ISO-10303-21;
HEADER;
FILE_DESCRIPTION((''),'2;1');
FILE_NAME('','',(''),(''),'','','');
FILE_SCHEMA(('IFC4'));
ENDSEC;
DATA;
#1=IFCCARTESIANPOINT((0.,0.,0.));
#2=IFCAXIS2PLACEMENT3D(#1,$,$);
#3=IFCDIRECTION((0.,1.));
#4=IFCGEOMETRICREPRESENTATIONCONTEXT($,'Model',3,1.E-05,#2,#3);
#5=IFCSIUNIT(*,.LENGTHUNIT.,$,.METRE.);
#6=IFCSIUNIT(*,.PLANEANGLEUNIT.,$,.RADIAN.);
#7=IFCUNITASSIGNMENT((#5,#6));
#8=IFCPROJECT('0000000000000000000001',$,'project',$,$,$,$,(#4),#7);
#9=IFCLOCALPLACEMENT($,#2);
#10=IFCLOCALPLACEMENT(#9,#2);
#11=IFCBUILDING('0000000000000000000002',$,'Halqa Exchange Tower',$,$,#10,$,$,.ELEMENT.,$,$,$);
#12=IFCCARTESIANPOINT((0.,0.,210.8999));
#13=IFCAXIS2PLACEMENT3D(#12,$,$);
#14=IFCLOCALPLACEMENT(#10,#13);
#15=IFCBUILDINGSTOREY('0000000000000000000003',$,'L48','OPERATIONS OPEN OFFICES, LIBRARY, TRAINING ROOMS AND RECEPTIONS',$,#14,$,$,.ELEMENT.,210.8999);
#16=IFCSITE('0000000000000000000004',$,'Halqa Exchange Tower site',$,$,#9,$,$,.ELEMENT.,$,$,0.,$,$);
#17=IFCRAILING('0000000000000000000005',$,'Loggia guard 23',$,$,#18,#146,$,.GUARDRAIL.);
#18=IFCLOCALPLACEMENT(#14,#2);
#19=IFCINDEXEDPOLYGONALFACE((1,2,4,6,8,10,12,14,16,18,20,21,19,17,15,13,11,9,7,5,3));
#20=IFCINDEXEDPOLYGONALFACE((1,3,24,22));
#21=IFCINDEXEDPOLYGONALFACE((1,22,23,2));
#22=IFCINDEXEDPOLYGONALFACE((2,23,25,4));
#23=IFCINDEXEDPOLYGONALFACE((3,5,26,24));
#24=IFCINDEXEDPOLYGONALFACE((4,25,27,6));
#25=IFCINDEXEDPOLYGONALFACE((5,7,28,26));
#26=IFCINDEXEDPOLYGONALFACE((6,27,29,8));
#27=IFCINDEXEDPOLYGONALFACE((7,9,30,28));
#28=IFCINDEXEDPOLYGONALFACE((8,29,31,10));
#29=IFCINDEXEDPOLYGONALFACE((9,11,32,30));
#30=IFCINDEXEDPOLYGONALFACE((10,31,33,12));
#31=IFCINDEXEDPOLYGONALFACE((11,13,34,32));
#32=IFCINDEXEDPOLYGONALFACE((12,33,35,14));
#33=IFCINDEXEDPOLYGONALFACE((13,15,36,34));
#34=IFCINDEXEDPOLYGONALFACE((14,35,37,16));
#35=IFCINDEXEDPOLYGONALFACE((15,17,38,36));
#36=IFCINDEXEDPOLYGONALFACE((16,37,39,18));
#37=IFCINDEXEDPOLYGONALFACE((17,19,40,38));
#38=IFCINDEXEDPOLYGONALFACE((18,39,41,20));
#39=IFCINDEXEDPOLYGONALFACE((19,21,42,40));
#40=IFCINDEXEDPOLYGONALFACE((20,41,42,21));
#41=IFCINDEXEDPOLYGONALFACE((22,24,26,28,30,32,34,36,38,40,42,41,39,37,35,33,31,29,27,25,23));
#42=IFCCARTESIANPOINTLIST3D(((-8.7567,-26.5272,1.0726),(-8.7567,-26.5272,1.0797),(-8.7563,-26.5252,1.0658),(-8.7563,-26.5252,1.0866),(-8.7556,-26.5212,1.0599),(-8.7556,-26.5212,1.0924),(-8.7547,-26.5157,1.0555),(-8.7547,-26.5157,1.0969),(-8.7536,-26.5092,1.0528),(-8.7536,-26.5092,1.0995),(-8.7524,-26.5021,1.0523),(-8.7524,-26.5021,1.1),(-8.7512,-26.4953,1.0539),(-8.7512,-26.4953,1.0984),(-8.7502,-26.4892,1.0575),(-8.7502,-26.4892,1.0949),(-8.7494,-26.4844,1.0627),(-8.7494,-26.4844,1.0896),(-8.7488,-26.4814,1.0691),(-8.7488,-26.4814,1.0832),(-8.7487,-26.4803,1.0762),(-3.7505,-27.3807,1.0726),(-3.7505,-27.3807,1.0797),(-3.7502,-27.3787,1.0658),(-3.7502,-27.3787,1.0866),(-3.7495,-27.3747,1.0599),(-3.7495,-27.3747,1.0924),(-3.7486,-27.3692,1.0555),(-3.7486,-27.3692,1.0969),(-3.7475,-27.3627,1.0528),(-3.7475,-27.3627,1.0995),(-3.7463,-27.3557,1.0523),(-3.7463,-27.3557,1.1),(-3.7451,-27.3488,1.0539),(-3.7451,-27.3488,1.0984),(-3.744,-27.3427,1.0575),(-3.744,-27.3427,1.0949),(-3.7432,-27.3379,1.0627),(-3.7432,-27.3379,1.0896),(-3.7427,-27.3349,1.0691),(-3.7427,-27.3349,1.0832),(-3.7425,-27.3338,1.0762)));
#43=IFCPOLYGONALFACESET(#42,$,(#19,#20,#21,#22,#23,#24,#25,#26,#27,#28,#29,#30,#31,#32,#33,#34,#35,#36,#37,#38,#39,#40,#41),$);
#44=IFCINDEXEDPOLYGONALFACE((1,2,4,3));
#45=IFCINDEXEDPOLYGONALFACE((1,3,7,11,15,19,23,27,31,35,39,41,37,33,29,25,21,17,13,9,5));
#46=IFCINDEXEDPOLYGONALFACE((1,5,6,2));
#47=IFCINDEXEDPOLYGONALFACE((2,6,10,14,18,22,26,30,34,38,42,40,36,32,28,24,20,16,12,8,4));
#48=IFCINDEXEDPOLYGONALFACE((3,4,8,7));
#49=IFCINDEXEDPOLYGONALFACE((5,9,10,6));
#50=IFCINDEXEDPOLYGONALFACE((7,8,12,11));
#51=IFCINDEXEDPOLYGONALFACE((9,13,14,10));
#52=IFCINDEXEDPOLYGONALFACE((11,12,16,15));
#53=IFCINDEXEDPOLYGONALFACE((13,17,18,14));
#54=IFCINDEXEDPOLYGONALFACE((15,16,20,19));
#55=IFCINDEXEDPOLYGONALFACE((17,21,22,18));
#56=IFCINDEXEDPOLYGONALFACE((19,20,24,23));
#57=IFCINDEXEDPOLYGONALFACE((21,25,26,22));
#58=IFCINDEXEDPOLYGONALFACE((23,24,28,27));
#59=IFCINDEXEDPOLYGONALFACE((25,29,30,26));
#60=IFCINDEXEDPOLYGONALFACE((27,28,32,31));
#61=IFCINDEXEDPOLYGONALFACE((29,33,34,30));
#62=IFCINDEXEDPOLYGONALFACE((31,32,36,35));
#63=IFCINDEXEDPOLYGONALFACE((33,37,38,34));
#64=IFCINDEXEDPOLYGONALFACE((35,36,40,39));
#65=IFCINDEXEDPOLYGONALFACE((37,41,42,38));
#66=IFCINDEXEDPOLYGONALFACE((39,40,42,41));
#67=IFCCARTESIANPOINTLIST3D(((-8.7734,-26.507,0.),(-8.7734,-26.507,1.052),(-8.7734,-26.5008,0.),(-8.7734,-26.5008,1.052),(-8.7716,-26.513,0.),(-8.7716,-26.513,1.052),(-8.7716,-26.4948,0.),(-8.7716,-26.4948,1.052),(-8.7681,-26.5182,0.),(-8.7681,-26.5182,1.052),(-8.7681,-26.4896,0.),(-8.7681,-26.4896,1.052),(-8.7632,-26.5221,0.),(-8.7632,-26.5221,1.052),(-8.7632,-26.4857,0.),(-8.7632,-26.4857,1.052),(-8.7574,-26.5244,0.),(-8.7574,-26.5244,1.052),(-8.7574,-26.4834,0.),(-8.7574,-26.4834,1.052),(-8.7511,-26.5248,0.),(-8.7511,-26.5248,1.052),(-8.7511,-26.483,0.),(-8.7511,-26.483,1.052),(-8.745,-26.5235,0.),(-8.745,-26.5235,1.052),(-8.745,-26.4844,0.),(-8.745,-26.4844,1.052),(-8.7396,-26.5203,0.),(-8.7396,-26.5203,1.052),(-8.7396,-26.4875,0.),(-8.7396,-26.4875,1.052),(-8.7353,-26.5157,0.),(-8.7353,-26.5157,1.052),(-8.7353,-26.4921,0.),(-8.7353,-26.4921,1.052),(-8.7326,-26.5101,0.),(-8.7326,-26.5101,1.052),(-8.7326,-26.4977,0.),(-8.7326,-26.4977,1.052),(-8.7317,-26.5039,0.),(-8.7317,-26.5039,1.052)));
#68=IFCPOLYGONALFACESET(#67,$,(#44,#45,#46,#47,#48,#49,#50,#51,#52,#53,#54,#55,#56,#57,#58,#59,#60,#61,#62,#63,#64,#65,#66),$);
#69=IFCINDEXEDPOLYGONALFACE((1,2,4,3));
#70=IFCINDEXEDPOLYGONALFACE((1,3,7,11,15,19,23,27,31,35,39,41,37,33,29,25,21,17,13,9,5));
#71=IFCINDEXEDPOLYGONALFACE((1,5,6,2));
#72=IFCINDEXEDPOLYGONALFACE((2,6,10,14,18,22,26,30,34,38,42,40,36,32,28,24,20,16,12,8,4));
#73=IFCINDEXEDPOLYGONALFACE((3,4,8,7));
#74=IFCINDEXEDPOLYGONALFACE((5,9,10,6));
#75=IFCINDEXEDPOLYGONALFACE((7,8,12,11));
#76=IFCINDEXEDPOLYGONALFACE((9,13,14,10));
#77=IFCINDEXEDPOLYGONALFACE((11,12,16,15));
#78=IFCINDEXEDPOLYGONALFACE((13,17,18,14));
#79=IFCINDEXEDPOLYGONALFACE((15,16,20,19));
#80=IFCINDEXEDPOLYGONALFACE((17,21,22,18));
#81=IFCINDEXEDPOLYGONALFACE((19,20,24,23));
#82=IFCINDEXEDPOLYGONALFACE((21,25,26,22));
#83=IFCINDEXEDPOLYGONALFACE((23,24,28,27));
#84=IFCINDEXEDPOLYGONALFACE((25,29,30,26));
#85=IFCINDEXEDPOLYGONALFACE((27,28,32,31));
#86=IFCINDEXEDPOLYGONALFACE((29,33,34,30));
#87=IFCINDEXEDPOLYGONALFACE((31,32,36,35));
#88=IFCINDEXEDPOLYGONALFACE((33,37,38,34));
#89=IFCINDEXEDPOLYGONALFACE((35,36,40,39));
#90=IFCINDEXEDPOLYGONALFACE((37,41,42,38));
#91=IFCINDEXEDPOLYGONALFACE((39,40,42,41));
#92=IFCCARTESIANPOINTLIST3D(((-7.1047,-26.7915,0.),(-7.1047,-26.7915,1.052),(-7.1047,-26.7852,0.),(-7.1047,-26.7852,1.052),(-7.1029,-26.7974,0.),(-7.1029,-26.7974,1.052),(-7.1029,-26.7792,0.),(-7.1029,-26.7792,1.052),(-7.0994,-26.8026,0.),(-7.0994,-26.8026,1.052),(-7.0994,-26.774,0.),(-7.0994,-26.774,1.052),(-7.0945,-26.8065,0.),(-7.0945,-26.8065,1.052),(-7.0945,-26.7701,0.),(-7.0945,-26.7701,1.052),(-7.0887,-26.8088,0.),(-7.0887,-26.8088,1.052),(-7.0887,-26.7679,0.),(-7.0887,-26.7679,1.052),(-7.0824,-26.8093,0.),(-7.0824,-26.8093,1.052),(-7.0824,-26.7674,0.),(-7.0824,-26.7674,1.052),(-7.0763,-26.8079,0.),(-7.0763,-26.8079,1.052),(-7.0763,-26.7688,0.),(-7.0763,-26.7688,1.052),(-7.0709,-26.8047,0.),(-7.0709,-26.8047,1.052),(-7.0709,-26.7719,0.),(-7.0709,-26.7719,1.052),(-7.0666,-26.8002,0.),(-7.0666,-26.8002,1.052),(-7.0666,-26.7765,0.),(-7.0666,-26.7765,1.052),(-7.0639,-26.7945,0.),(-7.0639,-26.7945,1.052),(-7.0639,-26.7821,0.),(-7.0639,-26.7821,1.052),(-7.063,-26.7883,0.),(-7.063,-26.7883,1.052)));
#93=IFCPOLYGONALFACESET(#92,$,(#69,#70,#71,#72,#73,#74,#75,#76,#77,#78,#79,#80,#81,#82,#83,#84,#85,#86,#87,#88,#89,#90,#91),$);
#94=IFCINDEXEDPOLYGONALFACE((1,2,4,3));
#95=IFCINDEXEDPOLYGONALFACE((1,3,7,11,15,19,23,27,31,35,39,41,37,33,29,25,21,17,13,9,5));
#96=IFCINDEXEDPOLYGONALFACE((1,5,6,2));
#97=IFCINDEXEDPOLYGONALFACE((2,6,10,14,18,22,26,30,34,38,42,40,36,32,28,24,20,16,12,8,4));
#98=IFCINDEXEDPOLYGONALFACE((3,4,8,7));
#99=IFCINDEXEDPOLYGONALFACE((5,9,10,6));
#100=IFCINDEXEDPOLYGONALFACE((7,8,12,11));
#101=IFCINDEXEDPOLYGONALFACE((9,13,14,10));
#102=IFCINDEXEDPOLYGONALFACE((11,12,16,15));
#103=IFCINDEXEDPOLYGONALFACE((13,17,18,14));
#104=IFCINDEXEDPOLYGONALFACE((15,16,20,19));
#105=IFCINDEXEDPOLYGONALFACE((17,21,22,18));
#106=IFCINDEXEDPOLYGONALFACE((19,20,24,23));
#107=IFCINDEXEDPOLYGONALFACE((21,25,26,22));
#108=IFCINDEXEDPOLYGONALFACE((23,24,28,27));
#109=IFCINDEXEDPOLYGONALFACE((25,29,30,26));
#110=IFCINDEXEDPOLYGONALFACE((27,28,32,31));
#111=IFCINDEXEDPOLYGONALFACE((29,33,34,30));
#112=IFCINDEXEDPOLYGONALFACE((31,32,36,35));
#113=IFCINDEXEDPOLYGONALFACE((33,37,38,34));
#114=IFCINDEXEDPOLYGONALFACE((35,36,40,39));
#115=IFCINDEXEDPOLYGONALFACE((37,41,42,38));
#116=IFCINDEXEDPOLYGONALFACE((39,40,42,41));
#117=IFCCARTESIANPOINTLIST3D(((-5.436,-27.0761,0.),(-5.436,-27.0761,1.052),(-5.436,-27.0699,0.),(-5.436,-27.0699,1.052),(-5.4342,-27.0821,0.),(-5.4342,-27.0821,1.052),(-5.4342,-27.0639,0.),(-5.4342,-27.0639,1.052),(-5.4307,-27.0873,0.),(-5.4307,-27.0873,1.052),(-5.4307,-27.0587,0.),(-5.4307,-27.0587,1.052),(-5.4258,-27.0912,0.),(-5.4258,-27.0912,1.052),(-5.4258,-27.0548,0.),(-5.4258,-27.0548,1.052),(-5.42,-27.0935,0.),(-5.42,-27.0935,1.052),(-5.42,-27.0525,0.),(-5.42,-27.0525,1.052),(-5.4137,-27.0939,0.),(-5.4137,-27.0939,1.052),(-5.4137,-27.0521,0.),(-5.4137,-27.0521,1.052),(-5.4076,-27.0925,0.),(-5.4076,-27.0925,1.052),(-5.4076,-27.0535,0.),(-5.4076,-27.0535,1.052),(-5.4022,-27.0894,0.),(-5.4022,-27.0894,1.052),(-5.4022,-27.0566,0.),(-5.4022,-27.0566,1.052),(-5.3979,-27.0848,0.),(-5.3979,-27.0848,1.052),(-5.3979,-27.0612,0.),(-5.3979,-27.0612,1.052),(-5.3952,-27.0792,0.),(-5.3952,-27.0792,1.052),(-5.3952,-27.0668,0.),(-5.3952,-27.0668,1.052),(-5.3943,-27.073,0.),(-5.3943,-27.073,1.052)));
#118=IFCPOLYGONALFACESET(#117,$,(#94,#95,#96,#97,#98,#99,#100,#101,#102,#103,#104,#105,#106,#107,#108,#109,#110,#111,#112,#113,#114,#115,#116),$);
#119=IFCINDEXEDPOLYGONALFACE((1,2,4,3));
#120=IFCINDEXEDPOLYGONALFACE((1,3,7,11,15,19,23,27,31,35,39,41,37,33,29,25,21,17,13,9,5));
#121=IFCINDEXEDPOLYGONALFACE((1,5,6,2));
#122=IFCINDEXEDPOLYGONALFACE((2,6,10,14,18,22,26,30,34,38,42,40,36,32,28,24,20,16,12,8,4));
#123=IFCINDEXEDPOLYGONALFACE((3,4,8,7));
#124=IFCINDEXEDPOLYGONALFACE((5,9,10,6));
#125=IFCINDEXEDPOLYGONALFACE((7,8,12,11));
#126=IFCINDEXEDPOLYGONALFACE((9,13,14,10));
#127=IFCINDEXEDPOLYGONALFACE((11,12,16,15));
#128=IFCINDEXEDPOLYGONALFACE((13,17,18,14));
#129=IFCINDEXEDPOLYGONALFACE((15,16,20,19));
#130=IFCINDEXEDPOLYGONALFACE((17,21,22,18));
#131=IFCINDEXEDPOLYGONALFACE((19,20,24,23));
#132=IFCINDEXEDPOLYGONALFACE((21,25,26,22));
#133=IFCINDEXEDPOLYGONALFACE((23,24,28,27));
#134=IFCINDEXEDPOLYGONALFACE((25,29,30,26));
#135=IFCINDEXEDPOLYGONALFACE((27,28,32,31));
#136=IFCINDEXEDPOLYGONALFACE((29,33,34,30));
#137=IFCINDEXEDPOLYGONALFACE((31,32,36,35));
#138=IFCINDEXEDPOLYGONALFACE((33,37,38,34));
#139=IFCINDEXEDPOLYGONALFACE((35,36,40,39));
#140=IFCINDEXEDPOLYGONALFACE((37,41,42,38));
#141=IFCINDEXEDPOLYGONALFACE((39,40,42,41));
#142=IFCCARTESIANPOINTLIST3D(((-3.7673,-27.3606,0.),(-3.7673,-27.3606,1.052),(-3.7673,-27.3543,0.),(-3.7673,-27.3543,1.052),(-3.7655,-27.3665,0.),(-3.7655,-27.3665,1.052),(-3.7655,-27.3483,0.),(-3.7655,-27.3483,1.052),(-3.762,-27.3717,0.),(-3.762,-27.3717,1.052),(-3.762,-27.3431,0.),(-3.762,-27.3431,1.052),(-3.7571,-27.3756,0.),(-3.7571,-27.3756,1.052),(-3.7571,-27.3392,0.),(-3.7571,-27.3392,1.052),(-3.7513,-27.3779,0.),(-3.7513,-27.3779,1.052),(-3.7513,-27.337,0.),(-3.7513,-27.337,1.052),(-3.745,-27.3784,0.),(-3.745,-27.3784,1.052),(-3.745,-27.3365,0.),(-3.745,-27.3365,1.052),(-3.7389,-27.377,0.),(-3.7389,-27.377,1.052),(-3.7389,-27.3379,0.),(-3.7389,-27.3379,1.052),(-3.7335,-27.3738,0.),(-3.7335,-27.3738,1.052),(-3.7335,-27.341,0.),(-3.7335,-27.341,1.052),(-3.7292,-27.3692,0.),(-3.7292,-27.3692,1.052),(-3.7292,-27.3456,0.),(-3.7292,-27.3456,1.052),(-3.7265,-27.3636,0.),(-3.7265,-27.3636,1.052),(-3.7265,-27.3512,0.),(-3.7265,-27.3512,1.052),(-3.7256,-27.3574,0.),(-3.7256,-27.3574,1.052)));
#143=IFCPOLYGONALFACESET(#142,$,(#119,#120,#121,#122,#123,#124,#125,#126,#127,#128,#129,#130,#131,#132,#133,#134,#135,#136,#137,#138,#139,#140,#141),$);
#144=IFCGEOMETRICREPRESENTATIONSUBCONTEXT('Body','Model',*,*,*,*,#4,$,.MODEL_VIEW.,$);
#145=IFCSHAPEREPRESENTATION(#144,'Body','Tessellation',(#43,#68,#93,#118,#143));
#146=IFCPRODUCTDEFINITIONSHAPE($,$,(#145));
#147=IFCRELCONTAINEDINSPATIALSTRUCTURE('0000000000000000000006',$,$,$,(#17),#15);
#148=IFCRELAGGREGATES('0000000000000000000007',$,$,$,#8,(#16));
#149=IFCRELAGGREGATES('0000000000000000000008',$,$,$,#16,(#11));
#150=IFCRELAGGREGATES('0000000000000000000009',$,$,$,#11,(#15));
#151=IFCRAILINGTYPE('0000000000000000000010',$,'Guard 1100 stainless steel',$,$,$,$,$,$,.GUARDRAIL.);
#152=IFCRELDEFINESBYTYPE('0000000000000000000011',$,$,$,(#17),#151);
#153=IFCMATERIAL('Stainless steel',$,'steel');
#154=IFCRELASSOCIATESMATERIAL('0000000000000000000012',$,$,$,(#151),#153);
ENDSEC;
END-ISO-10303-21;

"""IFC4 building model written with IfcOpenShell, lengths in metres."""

from ifc_helpers import new_model, si_unit, direction, frame, origin, origin_2d, place, context, subcontext, project, spatial, circle, extrude, material, type_object, element, save


model = new_model("IFC4")

# Units and contexts
model_context = context("Model", 3, precision=1e-05, world=origin(), true_north=direction((0.0, 1.0)))
body_context = subcontext(model_context, "Body", "Model", "MODEL_VIEW")
ifc_project = project(units=[si_unit("LENGTHUNIT", "METRE"), si_unit("PLANEANGLEUNIT", "RADIAN")], contexts=[model_context])

# Site, building, storey
site_placement = place(None, origin())
site = spatial("IfcSite", under=ifc_project, at=site_placement, Name="Halqa Exchange Tower site", CompositionType="ELEMENT", RefElevation=0.0)
building_placement = place(site_placement, origin())
building = spatial("IfcBuilding", under=site, at=building_placement, Name="Halqa Exchange Tower", CompositionType="ELEMENT")
storey_placement = place(building_placement, frame((0.0, 0.0, 210.8999)))
storey = spatial("IfcBuildingStorey", under=building, at=storey_placement, Name="L48", Description="OPERATIONS OPEN OFFICES, LIBRARY, TRAINING ROOMS AND RECEPTIONS", CompositionType="ELEMENT", Elevation=210.8999)

# Railing
ifc_material_1 = material(Name="Stainless steel", Category="steel")
railing_type = type_object("IfcRailingType", Name="Guard 1100 stainless steel", PredefinedType="GUARDRAIL", material=ifc_material_1)
railing_1_placement = place(storey_placement, frame((-8.7527, -26.5039, 0.0)))
element("IfcRailing", 1, at=railing_1_placement, inside=storey, type_object=railing_type, Name="Loggia guard 23", PredefinedType="GUARDRAIL", context=body_context, shape_type="SweptSolid", body=[
    extrude(circle(Radius=0.0239, at=origin_2d()), frame((0.0, 0.0, 1.0762), z_axis=(0.985775, -0.16807, 0.0), x_axis=(0.16807, 0.985775, 0.0)), (0.0, 0.0, 1.0), 5.0784),
    extrude(circle(Radius=0.021, at=origin_2d()), origin(), (0.0, 0.0, 1.0), 1.052),
    extrude(circle(Radius=0.021, at=origin_2d()), frame((1.6687, -0.2844, 0.0)), (0.0, 0.0, 1.0), 1.052),
    extrude(circle(Radius=0.021, at=origin_2d()), frame((3.3374, -0.5691, 0.0)), (0.0, 0.0, 1.0), 1.052),
    extrude(circle(Radius=0.021, at=origin_2d()), frame((5.0061, -0.8535, 0.0)), (0.0, 0.0, 1.0), 1.052),
])

save(model, "model.ifc")
